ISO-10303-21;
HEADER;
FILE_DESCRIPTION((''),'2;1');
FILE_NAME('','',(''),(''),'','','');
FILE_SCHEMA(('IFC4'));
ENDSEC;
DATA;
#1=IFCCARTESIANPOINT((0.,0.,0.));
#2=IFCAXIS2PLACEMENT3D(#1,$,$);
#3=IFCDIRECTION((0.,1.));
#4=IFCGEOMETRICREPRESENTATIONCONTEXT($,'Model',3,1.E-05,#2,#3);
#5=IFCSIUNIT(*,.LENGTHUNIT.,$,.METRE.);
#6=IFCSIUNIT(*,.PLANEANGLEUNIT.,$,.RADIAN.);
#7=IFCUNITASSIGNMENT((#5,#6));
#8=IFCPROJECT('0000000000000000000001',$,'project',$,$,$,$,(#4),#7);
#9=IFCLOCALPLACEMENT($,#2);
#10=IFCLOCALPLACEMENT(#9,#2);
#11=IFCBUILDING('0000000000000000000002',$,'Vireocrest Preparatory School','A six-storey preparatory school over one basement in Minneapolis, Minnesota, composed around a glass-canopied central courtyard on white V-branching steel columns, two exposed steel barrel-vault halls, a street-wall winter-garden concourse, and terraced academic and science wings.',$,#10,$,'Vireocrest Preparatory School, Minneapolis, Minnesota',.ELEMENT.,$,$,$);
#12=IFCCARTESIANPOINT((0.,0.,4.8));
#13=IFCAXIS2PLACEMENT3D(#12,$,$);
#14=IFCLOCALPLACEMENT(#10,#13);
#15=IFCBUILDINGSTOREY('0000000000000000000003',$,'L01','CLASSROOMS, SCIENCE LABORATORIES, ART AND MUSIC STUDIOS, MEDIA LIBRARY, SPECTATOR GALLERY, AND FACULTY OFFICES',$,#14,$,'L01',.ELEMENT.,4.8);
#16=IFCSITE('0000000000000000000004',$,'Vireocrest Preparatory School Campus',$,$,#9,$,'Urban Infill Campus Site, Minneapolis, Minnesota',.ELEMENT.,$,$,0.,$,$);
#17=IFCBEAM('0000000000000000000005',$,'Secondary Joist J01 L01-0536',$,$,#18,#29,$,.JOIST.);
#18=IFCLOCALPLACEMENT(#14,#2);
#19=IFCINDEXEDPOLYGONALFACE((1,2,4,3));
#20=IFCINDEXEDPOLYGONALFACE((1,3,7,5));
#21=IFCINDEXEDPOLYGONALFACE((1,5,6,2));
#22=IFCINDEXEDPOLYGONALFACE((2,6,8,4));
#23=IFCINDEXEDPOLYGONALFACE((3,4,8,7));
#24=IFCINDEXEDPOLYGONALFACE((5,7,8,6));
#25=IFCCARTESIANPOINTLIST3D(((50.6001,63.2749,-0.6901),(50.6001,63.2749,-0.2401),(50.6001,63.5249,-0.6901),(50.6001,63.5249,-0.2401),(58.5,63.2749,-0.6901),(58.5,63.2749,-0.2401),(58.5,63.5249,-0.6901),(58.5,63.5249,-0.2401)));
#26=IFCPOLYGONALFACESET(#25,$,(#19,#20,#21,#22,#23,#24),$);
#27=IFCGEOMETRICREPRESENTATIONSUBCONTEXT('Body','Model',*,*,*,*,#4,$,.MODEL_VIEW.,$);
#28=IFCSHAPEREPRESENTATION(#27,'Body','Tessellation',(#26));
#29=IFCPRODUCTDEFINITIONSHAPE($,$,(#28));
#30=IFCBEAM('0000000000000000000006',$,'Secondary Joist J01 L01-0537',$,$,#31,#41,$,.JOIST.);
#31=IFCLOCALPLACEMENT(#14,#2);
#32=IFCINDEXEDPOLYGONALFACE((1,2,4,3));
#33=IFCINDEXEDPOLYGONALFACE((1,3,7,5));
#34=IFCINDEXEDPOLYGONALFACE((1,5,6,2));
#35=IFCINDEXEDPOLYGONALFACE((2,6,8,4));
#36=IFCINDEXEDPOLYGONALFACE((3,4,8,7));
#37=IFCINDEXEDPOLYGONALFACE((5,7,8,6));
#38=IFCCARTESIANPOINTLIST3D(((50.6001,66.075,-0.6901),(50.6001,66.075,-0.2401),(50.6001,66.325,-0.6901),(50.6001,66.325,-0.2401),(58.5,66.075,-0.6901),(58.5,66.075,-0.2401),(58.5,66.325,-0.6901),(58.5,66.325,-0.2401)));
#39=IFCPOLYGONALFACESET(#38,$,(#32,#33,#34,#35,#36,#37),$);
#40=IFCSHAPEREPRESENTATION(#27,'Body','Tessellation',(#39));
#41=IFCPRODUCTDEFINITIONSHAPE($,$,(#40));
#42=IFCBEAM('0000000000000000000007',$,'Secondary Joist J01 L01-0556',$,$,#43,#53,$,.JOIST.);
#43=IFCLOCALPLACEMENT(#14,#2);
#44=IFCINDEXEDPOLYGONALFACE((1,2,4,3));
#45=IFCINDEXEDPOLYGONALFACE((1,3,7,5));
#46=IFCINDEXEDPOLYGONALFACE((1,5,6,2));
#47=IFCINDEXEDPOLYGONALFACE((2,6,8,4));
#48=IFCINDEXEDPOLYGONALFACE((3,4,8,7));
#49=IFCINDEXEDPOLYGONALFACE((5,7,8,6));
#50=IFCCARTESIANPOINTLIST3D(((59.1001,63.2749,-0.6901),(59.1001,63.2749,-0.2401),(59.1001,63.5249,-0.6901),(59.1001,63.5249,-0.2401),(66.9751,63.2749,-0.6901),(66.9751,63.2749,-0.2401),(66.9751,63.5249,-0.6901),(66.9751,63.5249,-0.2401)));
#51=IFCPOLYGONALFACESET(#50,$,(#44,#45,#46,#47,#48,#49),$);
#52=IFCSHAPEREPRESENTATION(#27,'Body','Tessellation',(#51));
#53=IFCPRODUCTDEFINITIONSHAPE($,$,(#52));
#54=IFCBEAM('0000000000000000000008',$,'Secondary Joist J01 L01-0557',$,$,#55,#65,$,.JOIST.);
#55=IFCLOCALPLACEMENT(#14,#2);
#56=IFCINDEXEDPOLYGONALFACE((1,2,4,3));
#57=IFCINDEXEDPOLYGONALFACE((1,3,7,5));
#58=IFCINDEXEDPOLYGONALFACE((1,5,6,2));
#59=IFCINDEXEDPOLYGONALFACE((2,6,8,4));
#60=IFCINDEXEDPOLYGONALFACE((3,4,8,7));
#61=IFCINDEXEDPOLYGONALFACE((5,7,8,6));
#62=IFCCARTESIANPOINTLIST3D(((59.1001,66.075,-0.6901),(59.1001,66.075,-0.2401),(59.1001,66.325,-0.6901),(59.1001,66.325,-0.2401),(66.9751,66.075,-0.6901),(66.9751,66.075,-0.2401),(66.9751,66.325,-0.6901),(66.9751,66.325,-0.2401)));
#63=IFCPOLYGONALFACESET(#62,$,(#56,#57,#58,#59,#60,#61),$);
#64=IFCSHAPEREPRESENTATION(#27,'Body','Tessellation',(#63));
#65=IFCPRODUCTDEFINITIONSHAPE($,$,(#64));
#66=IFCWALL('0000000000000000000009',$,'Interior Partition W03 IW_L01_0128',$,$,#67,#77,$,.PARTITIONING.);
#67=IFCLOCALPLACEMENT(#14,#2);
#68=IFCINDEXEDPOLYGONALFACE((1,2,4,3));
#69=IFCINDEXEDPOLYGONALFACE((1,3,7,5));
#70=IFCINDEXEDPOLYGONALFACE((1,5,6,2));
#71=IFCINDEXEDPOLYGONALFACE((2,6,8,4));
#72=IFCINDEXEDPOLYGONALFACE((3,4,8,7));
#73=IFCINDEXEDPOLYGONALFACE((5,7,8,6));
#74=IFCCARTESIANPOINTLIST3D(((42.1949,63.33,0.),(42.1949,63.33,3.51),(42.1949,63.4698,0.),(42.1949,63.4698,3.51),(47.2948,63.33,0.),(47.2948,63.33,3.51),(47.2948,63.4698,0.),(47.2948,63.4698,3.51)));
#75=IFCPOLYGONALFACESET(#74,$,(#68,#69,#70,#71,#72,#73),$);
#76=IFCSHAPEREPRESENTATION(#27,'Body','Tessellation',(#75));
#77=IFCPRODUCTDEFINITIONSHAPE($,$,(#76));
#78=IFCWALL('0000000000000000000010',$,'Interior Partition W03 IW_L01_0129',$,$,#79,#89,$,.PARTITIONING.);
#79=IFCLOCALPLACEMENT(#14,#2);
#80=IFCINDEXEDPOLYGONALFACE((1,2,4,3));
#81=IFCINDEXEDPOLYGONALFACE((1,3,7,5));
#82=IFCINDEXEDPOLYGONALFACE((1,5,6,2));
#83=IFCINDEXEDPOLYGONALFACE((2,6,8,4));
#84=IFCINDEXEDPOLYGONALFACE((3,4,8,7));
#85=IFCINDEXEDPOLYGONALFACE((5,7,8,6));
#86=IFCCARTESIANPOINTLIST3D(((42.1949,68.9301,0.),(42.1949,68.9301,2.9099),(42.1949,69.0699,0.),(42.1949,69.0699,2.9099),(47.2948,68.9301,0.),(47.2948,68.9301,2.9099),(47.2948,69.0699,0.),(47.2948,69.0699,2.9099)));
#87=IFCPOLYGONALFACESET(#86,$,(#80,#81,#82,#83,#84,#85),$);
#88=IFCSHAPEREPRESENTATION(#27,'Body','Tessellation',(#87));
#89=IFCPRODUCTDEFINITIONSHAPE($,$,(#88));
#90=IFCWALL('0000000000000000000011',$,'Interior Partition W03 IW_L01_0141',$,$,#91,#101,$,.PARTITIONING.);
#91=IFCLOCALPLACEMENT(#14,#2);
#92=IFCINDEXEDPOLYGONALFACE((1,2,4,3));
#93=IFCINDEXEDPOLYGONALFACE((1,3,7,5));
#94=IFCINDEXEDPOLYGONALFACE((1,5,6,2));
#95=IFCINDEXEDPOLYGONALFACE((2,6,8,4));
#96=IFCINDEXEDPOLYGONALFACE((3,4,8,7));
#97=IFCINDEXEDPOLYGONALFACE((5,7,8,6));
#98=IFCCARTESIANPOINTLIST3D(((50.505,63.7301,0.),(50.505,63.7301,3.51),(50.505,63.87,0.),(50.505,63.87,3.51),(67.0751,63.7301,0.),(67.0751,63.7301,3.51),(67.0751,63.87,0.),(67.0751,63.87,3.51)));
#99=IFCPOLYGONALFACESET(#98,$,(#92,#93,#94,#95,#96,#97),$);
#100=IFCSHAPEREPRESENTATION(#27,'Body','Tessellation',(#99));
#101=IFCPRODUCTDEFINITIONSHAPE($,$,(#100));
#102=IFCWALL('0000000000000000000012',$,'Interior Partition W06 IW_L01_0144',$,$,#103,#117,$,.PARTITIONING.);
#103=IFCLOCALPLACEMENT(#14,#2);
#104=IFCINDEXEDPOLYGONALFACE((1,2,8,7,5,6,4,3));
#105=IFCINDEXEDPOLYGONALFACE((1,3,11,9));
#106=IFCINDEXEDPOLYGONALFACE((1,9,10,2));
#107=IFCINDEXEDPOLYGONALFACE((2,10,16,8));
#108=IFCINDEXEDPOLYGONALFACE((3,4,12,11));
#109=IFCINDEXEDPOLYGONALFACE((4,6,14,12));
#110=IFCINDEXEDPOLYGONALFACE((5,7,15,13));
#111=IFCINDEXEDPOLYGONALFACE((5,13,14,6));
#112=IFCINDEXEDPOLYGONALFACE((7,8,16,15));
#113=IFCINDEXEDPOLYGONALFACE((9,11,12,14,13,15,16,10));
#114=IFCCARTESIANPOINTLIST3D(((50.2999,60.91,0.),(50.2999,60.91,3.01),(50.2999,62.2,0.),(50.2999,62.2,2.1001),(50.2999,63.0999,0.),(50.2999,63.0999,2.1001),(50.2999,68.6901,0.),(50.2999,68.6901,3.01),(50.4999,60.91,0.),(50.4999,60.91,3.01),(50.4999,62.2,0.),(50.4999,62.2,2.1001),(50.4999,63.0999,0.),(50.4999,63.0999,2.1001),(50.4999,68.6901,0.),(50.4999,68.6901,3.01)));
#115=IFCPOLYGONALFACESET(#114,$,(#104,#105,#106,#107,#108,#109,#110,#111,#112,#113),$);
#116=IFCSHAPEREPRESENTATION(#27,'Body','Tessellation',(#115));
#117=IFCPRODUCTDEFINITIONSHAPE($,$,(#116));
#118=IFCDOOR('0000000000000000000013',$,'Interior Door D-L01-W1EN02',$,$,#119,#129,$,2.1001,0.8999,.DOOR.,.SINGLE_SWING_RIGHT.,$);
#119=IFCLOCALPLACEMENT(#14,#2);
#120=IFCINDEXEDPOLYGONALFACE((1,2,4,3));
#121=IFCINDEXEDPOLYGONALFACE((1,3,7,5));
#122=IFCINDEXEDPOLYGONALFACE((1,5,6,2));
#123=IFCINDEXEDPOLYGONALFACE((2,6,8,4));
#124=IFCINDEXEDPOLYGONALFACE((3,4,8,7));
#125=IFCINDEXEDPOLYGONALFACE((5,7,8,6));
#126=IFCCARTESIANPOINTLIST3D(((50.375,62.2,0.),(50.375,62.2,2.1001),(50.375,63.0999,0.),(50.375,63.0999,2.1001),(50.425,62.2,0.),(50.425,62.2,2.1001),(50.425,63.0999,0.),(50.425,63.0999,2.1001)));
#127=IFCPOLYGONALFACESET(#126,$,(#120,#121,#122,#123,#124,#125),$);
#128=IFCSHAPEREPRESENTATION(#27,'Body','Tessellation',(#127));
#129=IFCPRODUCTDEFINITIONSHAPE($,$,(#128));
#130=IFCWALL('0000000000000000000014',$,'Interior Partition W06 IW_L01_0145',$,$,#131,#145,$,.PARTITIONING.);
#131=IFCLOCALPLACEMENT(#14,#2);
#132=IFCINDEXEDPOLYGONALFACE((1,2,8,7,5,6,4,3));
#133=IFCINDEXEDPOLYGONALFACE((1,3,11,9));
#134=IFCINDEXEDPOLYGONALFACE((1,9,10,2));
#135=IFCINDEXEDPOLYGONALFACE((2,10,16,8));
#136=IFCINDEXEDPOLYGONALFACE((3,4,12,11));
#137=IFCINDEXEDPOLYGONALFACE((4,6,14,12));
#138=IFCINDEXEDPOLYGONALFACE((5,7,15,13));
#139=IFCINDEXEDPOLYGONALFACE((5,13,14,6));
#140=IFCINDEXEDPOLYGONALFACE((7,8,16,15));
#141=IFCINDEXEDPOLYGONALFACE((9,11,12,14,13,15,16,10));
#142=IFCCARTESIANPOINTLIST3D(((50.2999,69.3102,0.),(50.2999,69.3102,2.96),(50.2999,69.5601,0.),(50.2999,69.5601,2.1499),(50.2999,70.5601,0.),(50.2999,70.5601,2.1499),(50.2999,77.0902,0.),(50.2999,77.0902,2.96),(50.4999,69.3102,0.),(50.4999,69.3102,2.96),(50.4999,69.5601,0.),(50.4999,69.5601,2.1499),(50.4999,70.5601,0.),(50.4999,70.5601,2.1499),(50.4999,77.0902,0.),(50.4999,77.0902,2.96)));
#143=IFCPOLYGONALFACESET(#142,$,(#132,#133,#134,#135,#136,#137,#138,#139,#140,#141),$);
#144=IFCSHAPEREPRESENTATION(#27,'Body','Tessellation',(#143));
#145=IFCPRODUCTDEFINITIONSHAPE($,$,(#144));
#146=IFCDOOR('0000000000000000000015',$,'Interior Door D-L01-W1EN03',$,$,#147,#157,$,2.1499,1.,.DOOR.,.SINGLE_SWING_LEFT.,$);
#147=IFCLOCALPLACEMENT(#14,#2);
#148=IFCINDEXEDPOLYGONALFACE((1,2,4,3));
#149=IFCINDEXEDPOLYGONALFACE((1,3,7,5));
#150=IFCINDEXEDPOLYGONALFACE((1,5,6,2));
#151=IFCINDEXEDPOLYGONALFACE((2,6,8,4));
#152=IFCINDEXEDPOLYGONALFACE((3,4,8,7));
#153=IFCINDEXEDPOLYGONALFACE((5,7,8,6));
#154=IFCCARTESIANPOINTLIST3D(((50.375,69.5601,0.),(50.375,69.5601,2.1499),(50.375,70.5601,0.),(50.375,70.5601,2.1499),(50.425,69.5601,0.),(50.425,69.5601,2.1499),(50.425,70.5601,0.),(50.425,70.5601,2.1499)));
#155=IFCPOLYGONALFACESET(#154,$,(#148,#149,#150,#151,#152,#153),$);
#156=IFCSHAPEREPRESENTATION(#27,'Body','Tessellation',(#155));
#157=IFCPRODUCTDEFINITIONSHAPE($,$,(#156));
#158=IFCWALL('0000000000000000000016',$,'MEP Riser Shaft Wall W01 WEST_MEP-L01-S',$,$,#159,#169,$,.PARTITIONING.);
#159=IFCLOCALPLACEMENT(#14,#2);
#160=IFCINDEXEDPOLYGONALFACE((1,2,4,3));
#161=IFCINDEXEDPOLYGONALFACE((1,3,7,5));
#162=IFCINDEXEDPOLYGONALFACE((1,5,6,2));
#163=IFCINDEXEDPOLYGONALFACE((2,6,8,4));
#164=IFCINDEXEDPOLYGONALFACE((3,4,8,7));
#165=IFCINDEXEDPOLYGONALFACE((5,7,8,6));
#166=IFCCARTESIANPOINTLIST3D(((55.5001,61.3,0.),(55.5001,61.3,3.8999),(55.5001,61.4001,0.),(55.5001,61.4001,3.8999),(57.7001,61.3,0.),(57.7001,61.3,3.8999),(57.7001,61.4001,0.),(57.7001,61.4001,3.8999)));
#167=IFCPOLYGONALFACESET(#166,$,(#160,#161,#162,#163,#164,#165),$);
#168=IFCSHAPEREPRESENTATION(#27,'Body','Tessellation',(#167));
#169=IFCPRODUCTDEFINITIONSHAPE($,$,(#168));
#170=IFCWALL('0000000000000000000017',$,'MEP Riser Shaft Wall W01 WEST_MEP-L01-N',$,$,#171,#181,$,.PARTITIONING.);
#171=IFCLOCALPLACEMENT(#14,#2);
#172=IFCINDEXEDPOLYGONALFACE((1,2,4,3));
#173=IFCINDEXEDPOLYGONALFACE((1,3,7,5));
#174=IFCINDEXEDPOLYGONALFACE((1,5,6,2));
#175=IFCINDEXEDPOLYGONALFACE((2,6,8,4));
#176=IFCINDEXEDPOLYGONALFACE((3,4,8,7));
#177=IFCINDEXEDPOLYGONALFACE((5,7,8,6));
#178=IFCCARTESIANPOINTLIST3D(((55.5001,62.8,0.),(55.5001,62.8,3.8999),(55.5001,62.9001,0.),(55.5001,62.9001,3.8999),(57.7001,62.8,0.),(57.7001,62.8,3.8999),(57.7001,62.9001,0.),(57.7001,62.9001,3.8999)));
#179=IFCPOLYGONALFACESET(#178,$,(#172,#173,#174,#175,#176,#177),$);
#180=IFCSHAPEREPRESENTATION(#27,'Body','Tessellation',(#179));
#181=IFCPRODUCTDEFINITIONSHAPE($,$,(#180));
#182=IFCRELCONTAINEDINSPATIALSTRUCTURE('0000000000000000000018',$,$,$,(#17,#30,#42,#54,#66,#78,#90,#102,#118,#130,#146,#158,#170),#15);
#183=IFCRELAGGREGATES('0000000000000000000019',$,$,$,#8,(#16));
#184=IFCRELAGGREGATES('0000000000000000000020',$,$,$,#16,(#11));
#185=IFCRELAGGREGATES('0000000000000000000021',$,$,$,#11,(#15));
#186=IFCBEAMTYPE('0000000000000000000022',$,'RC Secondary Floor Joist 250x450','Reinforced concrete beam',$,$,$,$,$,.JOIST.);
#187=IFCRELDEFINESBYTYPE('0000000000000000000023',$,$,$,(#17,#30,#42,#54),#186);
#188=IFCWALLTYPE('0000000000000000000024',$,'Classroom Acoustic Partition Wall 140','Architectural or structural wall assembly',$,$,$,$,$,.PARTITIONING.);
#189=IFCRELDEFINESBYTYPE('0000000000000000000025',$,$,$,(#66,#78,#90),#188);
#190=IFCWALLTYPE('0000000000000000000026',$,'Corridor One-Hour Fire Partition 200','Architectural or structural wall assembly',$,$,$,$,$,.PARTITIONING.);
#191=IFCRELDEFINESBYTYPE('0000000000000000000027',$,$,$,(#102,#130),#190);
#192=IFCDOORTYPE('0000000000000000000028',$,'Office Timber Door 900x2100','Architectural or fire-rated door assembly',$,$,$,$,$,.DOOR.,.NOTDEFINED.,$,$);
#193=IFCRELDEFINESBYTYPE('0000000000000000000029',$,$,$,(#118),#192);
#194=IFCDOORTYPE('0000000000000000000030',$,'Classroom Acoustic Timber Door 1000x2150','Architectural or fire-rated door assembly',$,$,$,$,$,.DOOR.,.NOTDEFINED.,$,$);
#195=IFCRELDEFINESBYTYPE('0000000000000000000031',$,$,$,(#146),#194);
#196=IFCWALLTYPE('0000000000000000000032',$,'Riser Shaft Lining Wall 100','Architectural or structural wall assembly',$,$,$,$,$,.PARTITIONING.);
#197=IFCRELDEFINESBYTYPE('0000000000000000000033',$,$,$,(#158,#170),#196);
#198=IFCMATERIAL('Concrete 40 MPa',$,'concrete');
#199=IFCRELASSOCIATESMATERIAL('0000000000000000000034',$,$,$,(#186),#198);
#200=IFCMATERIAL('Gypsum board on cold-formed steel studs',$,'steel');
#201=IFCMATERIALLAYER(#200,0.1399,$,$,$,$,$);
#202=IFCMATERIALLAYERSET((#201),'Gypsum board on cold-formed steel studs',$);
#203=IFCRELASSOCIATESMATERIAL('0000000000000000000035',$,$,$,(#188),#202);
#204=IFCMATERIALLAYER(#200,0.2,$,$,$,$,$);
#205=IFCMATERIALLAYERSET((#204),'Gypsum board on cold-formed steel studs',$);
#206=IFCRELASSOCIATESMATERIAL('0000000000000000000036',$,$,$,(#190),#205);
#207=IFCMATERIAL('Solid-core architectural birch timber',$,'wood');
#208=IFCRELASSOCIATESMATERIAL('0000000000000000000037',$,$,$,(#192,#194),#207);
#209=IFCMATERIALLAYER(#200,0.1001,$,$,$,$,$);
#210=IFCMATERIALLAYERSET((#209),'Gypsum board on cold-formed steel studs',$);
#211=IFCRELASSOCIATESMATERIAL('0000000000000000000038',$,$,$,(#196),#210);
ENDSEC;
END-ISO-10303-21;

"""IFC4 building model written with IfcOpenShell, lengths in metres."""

from ifc_helpers import new_model, si_unit, direction, frame, frame_2d, origin, origin_2d, place, context, subcontext, project, spatial, rectangle, extrude, material, layer, layer_set, material_profile, profile_set, type_object, element, fill, save


model = new_model("IFC4")

# Units and contexts
model_context = context("Model", 3, precision=1e-05, world=origin(), true_north=direction((0.0, 1.0)))
body_context = subcontext(model_context, "Body", "Model", "MODEL_VIEW")
ifc_project = project(units=[si_unit("LENGTHUNIT", "METRE"), si_unit("PLANEANGLEUNIT", "RADIAN")], contexts=[model_context])

# Site, building, storey
site_placement = place(None, origin())
site = spatial("IfcSite", under=ifc_project, at=site_placement, Name="Vireocrest Preparatory School Campus", LongName="Urban Infill Campus Site, Minneapolis, Minnesota", CompositionType="ELEMENT", RefElevation=0.0)
building_placement = place(site_placement, origin())
building = spatial("IfcBuilding", under=site, at=building_placement, Name="Vireocrest Preparatory School", Description="A six-storey preparatory school over one basement in Minneapolis, Minnesota, composed around a glass-canopied central courtyard on white V-branching steel columns, two exposed steel barrel-vault halls, a street-wall winter-garden concourse, and terraced academic and science wings.", LongName="Vireocrest Preparatory School, Minneapolis, Minnesota", CompositionType="ELEMENT")
storey_placement = place(building_placement, frame((0.0, 0.0, 4.8)))
storey = spatial("IfcBuildingStorey", under=building, at=storey_placement, Name="L01", Description="CLASSROOMS, SCIENCE LABORATORIES, ART AND MUSIC STUDIOS, MEDIA LIBRARY, SPECTATOR GALLERY, AND FACULTY OFFICES", LongName="L01", CompositionType="ELEMENT", Elevation=4.8)

# Beams
ifc_material_1 = material(Name="Concrete 40 MPa", Category="concrete")
ifc_material_profile_1 = material_profile(ifc_material_1, rectangle(XDim=0.25, YDim=0.45, at=origin_2d()), Name="RC 250x450")
ifc_profile_set_1 = profile_set([ifc_material_profile_1], Name="Concrete 40 MPa")
beam_type_1 = type_object("IfcBeamType", Name="RC Secondary Floor Joist 250x450", Description="Reinforced concrete beam", PredefinedType="JOIST", material=ifc_profile_set_1)
for number, where, z_axis, x_axis, name in (
    (1, (50.6001, 63.3999, -0.4651), (1.0, 0.0, 0.0), (0.0, 1.0, 0.0), "Secondary Joist J01 L01-0536"),
    (2, (50.6001, 66.2, -0.4651), (1.0, 0.0, 0.0), (0.0, 1.0, 0.0), "Secondary Joist J01 L01-0537"),
):
    element("IfcBeam", number, at=place(storey_placement, frame(where, z_axis=z_axis, x_axis=x_axis)), inside=storey, type_object=beam_type_1, Name=name, PredefinedType="JOIST", context=body_context, shape_type="SweptSolid", body=[
        extrude(rectangle(XDim=0.25, YDim=0.45, at=origin_2d()), origin(), (0.0, 0.0, 1.0), 7.8999),
    ])
for number, where, z_axis, x_axis, name in (
    (3, (59.1001, 63.3999, -0.4651), (1.0, 0.0, 0.0), (0.0, 1.0, 0.0), "Secondary Joist J01 L01-0556"),
    (4, (59.1001, 66.2, -0.4651), (1.0, 0.0, 0.0), (0.0, 1.0, 0.0), "Secondary Joist J01 L01-0557"),
):
    element("IfcBeam", number, at=place(storey_placement, frame(where, z_axis=z_axis, x_axis=x_axis)), inside=storey, type_object=beam_type_1, Name=name, PredefinedType="JOIST", context=body_context, shape_type="SweptSolid", body=[
        extrude(rectangle(XDim=0.25, YDim=0.45, at=origin_2d()), origin(), (0.0, 0.0, 1.0), 7.875),
    ])

# Walls
ifc_material_2 = material(Name="Gypsum board on cold-formed steel studs", Category="steel")
ifc_layer_1 = layer(ifc_material_2, 0.1399)
ifc_layer_set_1 = layer_set([ifc_layer_1], Name="Gypsum board on cold-formed steel studs")
wall_type_1 = type_object("IfcWallType", Name="Classroom Acoustic Partition Wall 140", Description="Architectural or structural wall assembly", PredefinedType="PARTITIONING", material=ifc_layer_set_1)
wall_1_placement = place(storey_placement, frame((42.1951, 63.3999, 0.0), z_axis=(0.0, 0.0, 1.0), x_axis=(1.0, 0.0, 0.0)))
element("IfcWall", 5, at=wall_1_placement, inside=storey, type_object=wall_type_1, Name="Interior Partition W03 IW_L01_0128", PredefinedType="PARTITIONING", context=body_context, shape_type="SweptSolid", body=[
    extrude(rectangle(XDim=5.0999, YDim=0.1399, at=frame_2d((2.5498, 0.0))), origin(), (0.0, 0.0, 1.0), 3.51),
])
wall_2_placement = place(storey_placement, frame((42.1951, 69.0, 0.0), z_axis=(0.0, 0.0, 1.0), x_axis=(1.0, 0.0, 0.0)))
element("IfcWall", 6, at=wall_2_placement, inside=storey, type_object=wall_type_1, Name="Interior Partition W03 IW_L01_0129", PredefinedType="PARTITIONING", context=body_context, shape_type="SweptSolid", body=[
    extrude(rectangle(XDim=5.0999, YDim=0.1399, at=frame_2d((2.5498, 0.0))), origin(), (0.0, 0.0, 1.0), 2.9099),
])
wall_3_placement = place(storey_placement, frame((50.5049, 63.8, 0.0), z_axis=(0.0, 0.0, 1.0), x_axis=(1.0, 0.0, 0.0)))
element("IfcWall", 7, at=wall_3_placement, inside=storey, type_object=wall_type_1, Name="Interior Partition W03 IW_L01_0141", PredefinedType="PARTITIONING", context=body_context, shape_type="SweptSolid", body=[
    extrude(rectangle(XDim=16.5701, YDim=0.1399, at=frame_2d((8.2852, 0.0))), origin(), (0.0, 0.0, 1.0), 3.51),
])

# Walls, openings, doors
ifc_layer_2 = layer(ifc_material_2, 0.2)
ifc_layer_set_2 = layer_set([ifc_layer_2], Name="Gypsum board on cold-formed steel studs")
wall_type_2 = type_object("IfcWallType", Name="Corridor One-Hour Fire Partition 200", Description="Architectural or structural wall assembly", PredefinedType="PARTITIONING", material=ifc_layer_set_2)
wall_4_placement = place(storey_placement, frame((50.3999, 60.9099, 0.0), z_axis=(0.0, 0.0, 1.0), x_axis=(0.0, 1.0, 0.0)))
wall_4 = element("IfcWall", 8, at=wall_4_placement, inside=storey, type_object=wall_type_2, Name="Interior Partition W06 IW_L01_0144", PredefinedType="PARTITIONING", context=body_context, shape_type="SweptSolid", body=[
    extrude(rectangle(XDim=7.78, YDim=0.2, at=frame_2d((3.8901, 0.0))), origin(), (0.0, 0.0, 1.0), 3.01),
])
opening_1_placement = place(wall_4_placement, frame((1.29, 0.0, 0.0)))
opening_1 = element("IfcOpeningElement", 9, at=opening_1_placement, cuts=wall_4, PredefinedType="OPENING", context=body_context, shape_type="SweptSolid", body=[
    extrude(rectangle(XDim=0.8999, YDim=2.1001, at=frame_2d((0.45, 1.05))), frame((0.0, 0.1099, 0.0), z_axis=(0.0, -1.0, 0.0), x_axis=(1.0, 0.0, 0.0)), (0.0, 0.0, 1.0), 0.22),
])
ifc_material_3 = material(Name="Solid-core architectural birch timber", Category="wood")
door_type_1 = type_object("IfcDoorType", Name="Office Timber Door 900x2100", Description="Architectural or fire-rated door assembly", OperationType="NOTDEFINED", PredefinedType="DOOR", material=ifc_material_3)
door_1_placement = place(opening_1_placement, origin())
door_1 = element("IfcDoor", 10, at=door_1_placement, inside=storey, type_object=door_type_1, Name="Interior Door D-L01-W1EN02", OperationType="SINGLE_SWING_RIGHT", OverallHeight=2.1001, OverallWidth=0.8999, PredefinedType="DOOR", context=body_context, shape_type="SweptSolid", body=[
    extrude(rectangle(XDim=0.8999, YDim=2.1001, at=frame_2d((0.45, 1.05))), frame((0.0, 0.0249, 0.0), z_axis=(0.0, -1.0, 0.0), x_axis=(1.0, 0.0, 0.0)), (0.0, 0.0, 1.0), 0.05),
])
fill(opening_1, door_1)
wall_5_placement = place(storey_placement, frame((50.3999, 69.3101, 0.0), z_axis=(0.0, 0.0, 1.0), x_axis=(0.0, 1.0, 0.0)))
wall_5 = element("IfcWall", 11, at=wall_5_placement, inside=storey, type_object=wall_type_2, Name="Interior Partition W06 IW_L01_0145", PredefinedType="PARTITIONING", context=body_context, shape_type="SweptSolid", body=[
    extrude(rectangle(XDim=7.78, YDim=0.2, at=frame_2d((3.8901, 0.0))), origin(), (0.0, 0.0, 1.0), 2.96),
])
opening_2_placement = place(wall_5_placement, frame((0.25, 0.0, 0.0)))
opening_2 = element("IfcOpeningElement", 12, at=opening_2_placement, cuts=wall_5, PredefinedType="OPENING", context=body_context, shape_type="SweptSolid", body=[
    extrude(rectangle(XDim=1.0, YDim=2.1499, at=frame_2d((0.5, 1.075))), frame((0.0, 0.1099, 0.0), z_axis=(0.0, -1.0, 0.0), x_axis=(1.0, 0.0, 0.0)), (0.0, 0.0, 1.0), 0.22),
])
door_type_2 = type_object("IfcDoorType", Name="Classroom Acoustic Timber Door 1000x2150", Description="Architectural or fire-rated door assembly", OperationType="NOTDEFINED", PredefinedType="DOOR", material=ifc_material_3)
door_2_placement = place(opening_2_placement, origin())
door_2 = element("IfcDoor", 13, at=door_2_placement, inside=storey, type_object=door_type_2, Name="Interior Door D-L01-W1EN03", OperationType="SINGLE_SWING_LEFT", OverallHeight=2.1499, OverallWidth=1.0, PredefinedType="DOOR", context=body_context, shape_type="SweptSolid", body=[
    extrude(rectangle(XDim=1.0, YDim=2.1499, at=frame_2d((0.5, 1.075))), frame((0.0, 0.0249, 0.0), z_axis=(0.0, -1.0, 0.0), x_axis=(1.0, 0.0, 0.0)), (0.0, 0.0, 1.0), 0.05),
])
fill(opening_2, door_2)

# Walls
ifc_layer_3 = layer(ifc_material_2, 0.1001)
ifc_layer_set_3 = layer_set([ifc_layer_3], Name="Gypsum board on cold-formed steel studs")
wall_type_3 = type_object("IfcWallType", Name="Riser Shaft Lining Wall 100", Description="Architectural or structural wall assembly", PredefinedType="PARTITIONING", material=ifc_layer_set_3)
for number, where, z_axis, x_axis, name in (
    (14, (55.5, 61.3501, 0.0), (0.0, 0.0, 1.0), (1.0, 0.0, 0.0), "MEP Riser Shaft Wall W01 WEST_MEP-L01-S"),
    (15, (55.5, 62.8501, 0.0), (0.0, 0.0, 1.0), (1.0, 0.0, 0.0), "MEP Riser Shaft Wall W01 WEST_MEP-L01-N"),
):
    element("IfcWall", number, at=place(storey_placement, frame(where, z_axis=z_axis, x_axis=x_axis)), inside=storey, type_object=wall_type_3, Name=name, PredefinedType="PARTITIONING", context=body_context, shape_type="SweptSolid", body=[
        extrude(rectangle(XDim=2.2, YDim=0.1001, at=frame_2d((1.1001, 0.0))), origin(), (0.0, 0.0, 1.0), 3.8999),
    ])

save(model, "model.ifc")
